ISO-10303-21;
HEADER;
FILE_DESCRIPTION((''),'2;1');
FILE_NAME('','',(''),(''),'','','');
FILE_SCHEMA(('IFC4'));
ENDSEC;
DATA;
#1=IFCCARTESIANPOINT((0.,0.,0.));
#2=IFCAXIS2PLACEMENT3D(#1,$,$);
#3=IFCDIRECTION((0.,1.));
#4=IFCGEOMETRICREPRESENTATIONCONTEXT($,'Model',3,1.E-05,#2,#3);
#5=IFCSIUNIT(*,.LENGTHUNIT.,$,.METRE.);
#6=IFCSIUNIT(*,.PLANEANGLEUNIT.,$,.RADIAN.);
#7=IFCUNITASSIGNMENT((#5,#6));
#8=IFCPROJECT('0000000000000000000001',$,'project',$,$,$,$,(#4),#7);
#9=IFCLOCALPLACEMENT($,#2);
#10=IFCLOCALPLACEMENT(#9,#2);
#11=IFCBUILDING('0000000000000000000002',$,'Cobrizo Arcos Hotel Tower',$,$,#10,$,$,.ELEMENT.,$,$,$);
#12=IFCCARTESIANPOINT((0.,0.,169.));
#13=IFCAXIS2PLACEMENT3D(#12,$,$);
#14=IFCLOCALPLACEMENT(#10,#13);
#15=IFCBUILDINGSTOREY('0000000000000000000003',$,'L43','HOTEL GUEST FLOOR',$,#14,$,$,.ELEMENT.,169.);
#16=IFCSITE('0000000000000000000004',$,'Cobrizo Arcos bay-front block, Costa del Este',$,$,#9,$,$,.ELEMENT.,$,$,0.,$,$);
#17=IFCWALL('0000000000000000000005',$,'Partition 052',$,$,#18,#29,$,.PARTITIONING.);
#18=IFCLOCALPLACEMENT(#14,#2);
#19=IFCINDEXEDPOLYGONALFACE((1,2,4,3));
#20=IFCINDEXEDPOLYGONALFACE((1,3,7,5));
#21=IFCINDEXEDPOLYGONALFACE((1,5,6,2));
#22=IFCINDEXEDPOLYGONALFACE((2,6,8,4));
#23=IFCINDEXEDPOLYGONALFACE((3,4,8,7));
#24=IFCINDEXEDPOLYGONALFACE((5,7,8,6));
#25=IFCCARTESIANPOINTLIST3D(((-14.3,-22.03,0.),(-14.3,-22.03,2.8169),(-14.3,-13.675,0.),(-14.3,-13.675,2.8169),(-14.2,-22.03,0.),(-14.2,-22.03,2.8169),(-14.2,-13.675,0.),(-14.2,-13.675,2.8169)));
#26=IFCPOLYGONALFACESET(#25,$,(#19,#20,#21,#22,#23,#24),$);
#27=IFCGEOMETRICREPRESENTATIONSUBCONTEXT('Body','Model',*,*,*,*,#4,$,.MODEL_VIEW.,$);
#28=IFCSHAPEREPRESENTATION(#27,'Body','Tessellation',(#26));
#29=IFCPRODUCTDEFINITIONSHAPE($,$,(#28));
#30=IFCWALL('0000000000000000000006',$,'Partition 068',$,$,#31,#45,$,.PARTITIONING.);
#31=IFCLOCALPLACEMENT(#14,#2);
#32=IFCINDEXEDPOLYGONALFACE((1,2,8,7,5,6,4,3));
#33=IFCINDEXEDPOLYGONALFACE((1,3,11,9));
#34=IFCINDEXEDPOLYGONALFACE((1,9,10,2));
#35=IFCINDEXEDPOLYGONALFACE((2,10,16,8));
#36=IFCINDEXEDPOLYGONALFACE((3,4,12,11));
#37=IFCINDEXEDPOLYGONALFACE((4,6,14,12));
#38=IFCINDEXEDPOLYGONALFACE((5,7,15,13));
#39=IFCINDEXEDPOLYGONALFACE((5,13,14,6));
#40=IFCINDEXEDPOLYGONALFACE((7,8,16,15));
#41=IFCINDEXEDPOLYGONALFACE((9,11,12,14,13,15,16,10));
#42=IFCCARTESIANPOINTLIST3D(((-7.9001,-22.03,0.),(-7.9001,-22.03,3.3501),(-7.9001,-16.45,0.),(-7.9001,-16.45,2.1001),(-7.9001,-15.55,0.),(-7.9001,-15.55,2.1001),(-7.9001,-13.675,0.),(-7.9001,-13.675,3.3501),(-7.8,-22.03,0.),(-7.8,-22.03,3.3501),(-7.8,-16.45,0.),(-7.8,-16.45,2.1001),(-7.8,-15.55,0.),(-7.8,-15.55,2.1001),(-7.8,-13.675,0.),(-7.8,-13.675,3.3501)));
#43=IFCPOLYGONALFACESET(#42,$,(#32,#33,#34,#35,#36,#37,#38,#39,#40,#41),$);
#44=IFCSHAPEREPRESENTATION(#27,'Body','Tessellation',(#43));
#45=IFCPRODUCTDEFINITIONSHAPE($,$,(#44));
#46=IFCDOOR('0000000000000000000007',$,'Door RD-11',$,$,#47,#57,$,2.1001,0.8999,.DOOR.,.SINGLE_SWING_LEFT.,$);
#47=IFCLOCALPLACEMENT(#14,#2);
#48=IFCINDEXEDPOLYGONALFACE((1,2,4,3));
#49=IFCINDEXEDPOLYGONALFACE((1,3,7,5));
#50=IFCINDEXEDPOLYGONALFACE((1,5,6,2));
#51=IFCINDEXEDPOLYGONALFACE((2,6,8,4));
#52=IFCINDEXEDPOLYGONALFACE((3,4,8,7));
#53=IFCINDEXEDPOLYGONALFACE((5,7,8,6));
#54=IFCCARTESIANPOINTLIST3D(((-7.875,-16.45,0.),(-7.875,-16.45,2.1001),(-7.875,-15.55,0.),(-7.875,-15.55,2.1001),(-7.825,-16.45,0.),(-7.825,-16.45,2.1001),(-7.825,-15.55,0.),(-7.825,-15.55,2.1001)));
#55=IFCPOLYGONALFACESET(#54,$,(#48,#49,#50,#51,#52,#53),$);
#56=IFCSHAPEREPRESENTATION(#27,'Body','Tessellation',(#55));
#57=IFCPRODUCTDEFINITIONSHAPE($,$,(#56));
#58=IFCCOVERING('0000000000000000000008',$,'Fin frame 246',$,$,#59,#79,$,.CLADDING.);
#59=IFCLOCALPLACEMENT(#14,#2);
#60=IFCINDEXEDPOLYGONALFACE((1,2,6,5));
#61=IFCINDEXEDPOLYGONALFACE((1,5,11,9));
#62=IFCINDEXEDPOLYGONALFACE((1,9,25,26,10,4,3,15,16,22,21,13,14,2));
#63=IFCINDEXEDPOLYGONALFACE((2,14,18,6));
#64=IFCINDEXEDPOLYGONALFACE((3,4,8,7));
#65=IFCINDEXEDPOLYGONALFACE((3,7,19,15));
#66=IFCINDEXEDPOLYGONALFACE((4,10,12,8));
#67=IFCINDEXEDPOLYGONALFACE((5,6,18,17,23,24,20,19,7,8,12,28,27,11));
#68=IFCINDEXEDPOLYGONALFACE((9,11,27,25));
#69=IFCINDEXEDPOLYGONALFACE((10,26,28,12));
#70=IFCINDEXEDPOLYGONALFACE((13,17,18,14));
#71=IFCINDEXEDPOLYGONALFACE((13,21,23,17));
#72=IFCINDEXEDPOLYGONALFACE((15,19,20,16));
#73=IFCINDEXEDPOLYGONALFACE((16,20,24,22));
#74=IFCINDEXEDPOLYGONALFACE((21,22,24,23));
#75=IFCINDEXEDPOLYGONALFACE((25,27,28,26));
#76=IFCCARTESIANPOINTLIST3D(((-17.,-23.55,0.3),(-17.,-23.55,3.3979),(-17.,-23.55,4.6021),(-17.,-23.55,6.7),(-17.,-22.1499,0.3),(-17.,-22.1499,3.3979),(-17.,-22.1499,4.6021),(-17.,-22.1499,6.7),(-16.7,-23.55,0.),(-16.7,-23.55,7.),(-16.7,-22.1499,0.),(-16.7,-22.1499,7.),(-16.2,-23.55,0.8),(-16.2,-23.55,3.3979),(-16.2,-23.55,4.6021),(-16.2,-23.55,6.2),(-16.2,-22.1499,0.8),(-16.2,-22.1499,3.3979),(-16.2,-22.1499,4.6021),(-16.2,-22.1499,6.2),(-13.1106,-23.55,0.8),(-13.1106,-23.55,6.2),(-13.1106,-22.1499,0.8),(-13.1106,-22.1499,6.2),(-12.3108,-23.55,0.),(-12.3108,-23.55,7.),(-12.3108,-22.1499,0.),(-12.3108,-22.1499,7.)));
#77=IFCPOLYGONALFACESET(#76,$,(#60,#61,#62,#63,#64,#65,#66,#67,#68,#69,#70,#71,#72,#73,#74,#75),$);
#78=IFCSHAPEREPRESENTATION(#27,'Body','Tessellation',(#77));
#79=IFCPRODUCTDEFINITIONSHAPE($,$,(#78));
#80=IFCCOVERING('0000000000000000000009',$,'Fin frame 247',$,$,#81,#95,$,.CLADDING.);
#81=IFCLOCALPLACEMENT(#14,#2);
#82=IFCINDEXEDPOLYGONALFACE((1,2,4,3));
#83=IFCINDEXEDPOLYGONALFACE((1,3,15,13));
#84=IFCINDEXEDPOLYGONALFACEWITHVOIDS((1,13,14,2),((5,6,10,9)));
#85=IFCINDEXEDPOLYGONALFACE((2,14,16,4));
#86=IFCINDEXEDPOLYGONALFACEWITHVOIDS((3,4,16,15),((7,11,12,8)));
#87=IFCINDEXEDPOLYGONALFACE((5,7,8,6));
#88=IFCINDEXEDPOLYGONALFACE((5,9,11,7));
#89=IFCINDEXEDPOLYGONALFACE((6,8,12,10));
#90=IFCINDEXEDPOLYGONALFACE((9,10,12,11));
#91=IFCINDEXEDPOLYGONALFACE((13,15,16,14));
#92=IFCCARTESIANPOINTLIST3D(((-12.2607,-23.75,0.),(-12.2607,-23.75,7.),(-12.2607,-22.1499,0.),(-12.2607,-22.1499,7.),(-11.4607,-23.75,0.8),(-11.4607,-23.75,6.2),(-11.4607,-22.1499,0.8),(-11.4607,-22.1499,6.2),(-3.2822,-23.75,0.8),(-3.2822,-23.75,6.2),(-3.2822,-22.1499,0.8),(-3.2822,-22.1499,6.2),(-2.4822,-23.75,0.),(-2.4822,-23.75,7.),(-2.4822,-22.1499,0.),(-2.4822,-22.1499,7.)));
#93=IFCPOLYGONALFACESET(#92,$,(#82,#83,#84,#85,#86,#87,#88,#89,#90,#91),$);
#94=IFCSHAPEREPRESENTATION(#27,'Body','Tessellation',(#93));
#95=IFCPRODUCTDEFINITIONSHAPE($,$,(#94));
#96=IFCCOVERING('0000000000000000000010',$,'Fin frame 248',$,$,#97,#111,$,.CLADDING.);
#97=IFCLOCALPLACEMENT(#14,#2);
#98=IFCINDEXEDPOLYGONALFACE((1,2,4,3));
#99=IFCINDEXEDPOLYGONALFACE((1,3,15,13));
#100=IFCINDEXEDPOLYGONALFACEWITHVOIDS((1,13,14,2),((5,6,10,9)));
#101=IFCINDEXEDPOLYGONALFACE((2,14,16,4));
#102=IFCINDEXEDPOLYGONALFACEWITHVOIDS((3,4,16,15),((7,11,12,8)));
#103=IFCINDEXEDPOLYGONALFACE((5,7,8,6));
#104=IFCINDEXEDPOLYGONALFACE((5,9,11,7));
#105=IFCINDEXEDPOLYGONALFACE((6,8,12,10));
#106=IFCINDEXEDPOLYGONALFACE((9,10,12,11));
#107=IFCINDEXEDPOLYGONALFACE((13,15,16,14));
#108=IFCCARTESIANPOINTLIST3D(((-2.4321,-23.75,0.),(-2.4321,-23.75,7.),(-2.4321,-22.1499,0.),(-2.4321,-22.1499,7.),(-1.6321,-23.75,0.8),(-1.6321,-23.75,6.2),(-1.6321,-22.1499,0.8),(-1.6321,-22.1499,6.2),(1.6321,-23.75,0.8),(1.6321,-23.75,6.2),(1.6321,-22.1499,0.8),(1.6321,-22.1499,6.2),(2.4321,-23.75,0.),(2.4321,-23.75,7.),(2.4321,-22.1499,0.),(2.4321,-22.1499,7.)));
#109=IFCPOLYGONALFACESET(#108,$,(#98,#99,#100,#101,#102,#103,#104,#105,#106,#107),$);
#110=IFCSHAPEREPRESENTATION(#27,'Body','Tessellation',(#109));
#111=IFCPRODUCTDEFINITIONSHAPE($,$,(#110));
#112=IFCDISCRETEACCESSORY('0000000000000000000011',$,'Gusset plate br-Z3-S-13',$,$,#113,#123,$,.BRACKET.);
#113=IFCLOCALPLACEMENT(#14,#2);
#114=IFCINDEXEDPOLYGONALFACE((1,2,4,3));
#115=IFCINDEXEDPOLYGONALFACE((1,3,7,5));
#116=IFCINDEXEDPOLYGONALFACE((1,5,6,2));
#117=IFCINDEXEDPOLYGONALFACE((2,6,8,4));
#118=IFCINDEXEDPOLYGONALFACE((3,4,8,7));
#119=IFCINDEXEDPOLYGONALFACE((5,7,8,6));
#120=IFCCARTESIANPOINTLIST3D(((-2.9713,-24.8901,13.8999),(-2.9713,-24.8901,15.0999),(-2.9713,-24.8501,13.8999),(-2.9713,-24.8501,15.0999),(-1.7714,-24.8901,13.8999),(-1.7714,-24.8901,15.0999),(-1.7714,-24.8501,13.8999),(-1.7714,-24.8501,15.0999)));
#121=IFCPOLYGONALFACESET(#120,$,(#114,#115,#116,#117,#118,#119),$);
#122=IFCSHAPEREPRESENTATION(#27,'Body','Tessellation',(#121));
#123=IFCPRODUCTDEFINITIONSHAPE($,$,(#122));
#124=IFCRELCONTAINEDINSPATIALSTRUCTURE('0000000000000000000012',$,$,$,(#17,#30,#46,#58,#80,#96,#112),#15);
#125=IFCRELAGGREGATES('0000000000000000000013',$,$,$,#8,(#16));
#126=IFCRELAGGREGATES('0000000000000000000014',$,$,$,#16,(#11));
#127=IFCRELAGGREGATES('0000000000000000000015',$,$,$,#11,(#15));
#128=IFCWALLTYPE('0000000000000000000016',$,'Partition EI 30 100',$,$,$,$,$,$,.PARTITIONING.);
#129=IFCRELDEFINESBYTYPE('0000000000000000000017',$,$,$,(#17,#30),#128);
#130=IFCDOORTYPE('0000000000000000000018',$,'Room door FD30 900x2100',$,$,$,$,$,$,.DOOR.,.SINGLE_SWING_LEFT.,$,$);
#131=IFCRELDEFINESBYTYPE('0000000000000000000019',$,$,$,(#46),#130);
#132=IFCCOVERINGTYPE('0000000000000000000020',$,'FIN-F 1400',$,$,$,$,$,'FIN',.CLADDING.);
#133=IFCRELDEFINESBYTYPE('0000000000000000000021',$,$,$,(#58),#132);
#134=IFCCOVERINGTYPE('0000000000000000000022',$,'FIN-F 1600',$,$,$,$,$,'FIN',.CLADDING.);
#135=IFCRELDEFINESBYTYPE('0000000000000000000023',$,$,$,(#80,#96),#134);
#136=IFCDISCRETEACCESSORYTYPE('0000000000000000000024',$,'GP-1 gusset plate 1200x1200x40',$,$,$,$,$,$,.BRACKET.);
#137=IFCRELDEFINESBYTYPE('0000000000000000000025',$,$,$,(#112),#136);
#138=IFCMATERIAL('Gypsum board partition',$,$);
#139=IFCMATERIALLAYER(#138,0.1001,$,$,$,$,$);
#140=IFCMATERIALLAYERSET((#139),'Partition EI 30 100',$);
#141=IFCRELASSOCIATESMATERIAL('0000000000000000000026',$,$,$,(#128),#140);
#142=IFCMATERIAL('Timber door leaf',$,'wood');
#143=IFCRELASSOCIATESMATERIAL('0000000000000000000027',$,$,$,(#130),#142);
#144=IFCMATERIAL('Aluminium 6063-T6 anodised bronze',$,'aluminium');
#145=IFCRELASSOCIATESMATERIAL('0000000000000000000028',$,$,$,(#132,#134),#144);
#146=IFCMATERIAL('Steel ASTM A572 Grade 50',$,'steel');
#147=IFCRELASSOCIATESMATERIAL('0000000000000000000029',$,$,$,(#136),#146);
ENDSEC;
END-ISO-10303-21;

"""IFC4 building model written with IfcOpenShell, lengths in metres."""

from ifc_helpers import new_model, si_unit, direction, frame, frame_2d, origin, origin_2d, place, context, subcontext, project, spatial, polyline, rectangle, outline, extrude, material, layer, layer_set, type_object, element, fill, save


model = new_model("IFC4")

# Units and contexts
model_context = context("Model", 3, precision=1e-05, world=origin(), true_north=direction((0.0, 1.0)))
body_context = subcontext(model_context, "Body", "Model", "MODEL_VIEW")
ifc_project = project(units=[si_unit("LENGTHUNIT", "METRE"), si_unit("PLANEANGLEUNIT", "RADIAN")], contexts=[model_context])

# Site, building, storey
site_placement = place(None, origin())
site = spatial("IfcSite", under=ifc_project, at=site_placement, Name="Cobrizo Arcos bay-front block, Costa del Este", CompositionType="ELEMENT", RefElevation=0.0)
building_placement = place(site_placement, origin())
building = spatial("IfcBuilding", under=site, at=building_placement, Name="Cobrizo Arcos Hotel Tower", CompositionType="ELEMENT")
storey_placement = place(building_placement, frame((0.0, 0.0, 169.0)))
storey = spatial("IfcBuildingStorey", under=building, at=storey_placement, Name="L43", Description="HOTEL GUEST FLOOR", CompositionType="ELEMENT", Elevation=169.0)

# Shared definitions
ifc_material_1 = material(Name="Steel ASTM A572 Grade 50", Category="steel")

# Shared definitions
ifc_material_2 = material(Name="Aluminium 6063-T6 anodised bronze", Category="aluminium")

# Wall
ifc_material_3 = material(Name="Gypsum board partition")
ifc_layer_1 = layer(ifc_material_3, 0.1001)
ifc_layer_set_1 = layer_set([ifc_layer_1], Name="Partition EI 30 100")
wall_type = type_object("IfcWallType", Name="Partition EI 30 100", PredefinedType="PARTITIONING", material=ifc_layer_set_1)
wall_1_placement = place(storey_placement, frame((-14.25, -22.03, 0.0), z_axis=(0.0, 0.0, 1.0), x_axis=(0.0, 1.0, 0.0)))
element("IfcWall", 1, at=wall_1_placement, inside=storey, type_object=wall_type, Name="Partition 052", PredefinedType="PARTITIONING", context=body_context, shape_type="SweptSolid", body=[
    extrude(rectangle(XDim=8.355, YDim=0.1001, at=frame_2d((4.1775, 0.0))), origin(), (0.0, 0.0, 1.0), 2.8169),
])

# Wall, opening, door
wall_2_placement = place(storey_placement, frame((-7.8501, -22.03, 0.0), z_axis=(0.0, 0.0, 1.0), x_axis=(0.0, 1.0, 0.0)))
wall_2 = element("IfcWall", 2, at=wall_2_placement, inside=storey, type_object=wall_type, Name="Partition 068", PredefinedType="PARTITIONING", context=body_context, shape_type="SweptSolid", body=[
    extrude(rectangle(XDim=8.355, YDim=0.1001, at=frame_2d((4.1775, 0.0))), origin(), (0.0, 0.0, 1.0), 3.3501),
])
opening_placement = place(wall_2_placement, frame((5.5801, 0.0, 0.0)))
opening = element("IfcOpeningElement", 3, at=opening_placement, cuts=wall_2, PredefinedType="OPENING", context=body_context, shape_type="SweptSolid", body=[
    extrude(rectangle(XDim=0.8999, YDim=2.1001, at=frame_2d((0.45, 1.05))), frame((0.0, 0.062, 0.0), z_axis=(0.0, -1.0, 0.0), x_axis=(1.0, 0.0, 0.0)), (0.0, 0.0, 1.0), 0.124),
])
ifc_material_4 = material(Name="Timber door leaf", Category="wood")
door_type = type_object("IfcDoorType", Name="Room door FD30 900x2100", OperationType="SINGLE_SWING_LEFT", PredefinedType="DOOR", material=ifc_material_4)
door_placement = place(opening_placement, origin())
door = element("IfcDoor", 4, at=door_placement, inside=storey, type_object=door_type, Name="Door RD-11", OperationType="SINGLE_SWING_LEFT", OverallHeight=2.1001, OverallWidth=0.8999, PredefinedType="DOOR", context=body_context, shape_type="SweptSolid", body=[
    extrude(rectangle(XDim=0.8999, YDim=2.1001, at=frame_2d((0.45, 1.05))), frame((0.0, 0.0249, 0.0), z_axis=(0.0, -1.0, 0.0), x_axis=(1.0, 0.0, 0.0)), (0.0, 0.0, 1.0), 0.05),
])
fill(opening, door)

# Coverings
covering_type_1 = type_object("IfcCoveringType", Name="FIN-F 1400", ElementType="FIN", PredefinedType="CLADDING", material=ifc_material_2)
covering_1_placement = place(storey_placement, frame((-17.0, -22.1499, 0.0), z_axis=(0.0, -1.0, 0.0), x_axis=(1.0, 0.0, 0.0)))
element("IfcCovering", 5, at=covering_1_placement, inside=storey, type_object=covering_type_1, Name="Fin frame 246", PredefinedType="CLADDING", context=body_context, shape_type="SweptSolid", body=[
    extrude(outline(polyline([(0.0, 6.7), (0.0, 4.6021), (0.8, 4.6021), (0.8, 6.2), (3.8894, 6.2), (3.8894, 0.8), (0.8, 0.8), (0.8, 3.3979), (0.0, 3.3979), (0.0, 0.3), (0.3, 0.0), (4.6892, 0.0), (4.6892, 7.0), (0.3, 7.0), (0.0, 6.7)])), origin(), (0.0, 0.0, 1.0), 1.4001),
])
covering_type_2 = type_object("IfcCoveringType", Name="FIN-F 1600", ElementType="FIN", PredefinedType="CLADDING", material=ifc_material_2)
covering_2_placement = place(storey_placement, frame((-12.2607, -22.1499, 0.0), z_axis=(0.0, -1.0, 0.0), x_axis=(1.0, 0.0, 0.0)))
element("IfcCovering", 6, at=covering_2_placement, inside=storey, type_object=covering_type_2, Name="Fin frame 247", PredefinedType="CLADDING", context=body_context, shape_type="SweptSolid", body=[
    extrude(outline(polyline([(0.0, 7.0), (0.0, 0.0), (9.7786, 0.0), (9.7786, 7.0), (0.0, 7.0)]), holes=[polyline([(8.9785, 0.8), (0.8, 0.8), (0.8, 6.2), (8.9785, 6.2), (8.9785, 0.8)])]), origin(), (0.0, 0.0, 1.0), 1.6001),
])
covering_3_placement = place(storey_placement, frame((-2.4321, -22.1499, 0.0), z_axis=(0.0, -1.0, 0.0), x_axis=(1.0, 0.0, 0.0)))
element("IfcCovering", 7, at=covering_3_placement, inside=storey, type_object=covering_type_2, Name="Fin frame 248", PredefinedType="CLADDING", context=body_context, shape_type="SweptSolid", body=[
    extrude(outline(polyline([(0.0, 7.0), (0.0, 0.0), (4.8643, 0.0), (4.8643, 7.0), (0.0, 7.0)]), holes=[polyline([(4.0642, 0.8), (0.8, 0.8), (0.8, 6.2), (4.0642, 6.2), (4.0642, 0.8)])]), origin(), (0.0, 0.0, 1.0), 1.6001),
])

# Discrete accessory
discrete_accessory_type = type_object("IfcDiscreteAccessoryType", Name="GP-1 gusset plate 1200x1200x40", PredefinedType="BRACKET", material=ifc_material_1)
discrete_accessory_placement = place(storey_placement, frame((-2.3713, -24.8701, 13.8999), z_axis=(0.0, 0.0, 1.0), x_axis=(1.0, 0.0, 0.0)))
element("IfcDiscreteAccessory", 8, at=discrete_accessory_placement, inside=storey, type_object=discrete_accessory_type, Name="Gusset plate br-Z3-S-13", PredefinedType="BRACKET", context=body_context, shape_type="SweptSolid", body=[
    extrude(rectangle(XDim=1.2, YDim=0.04, at=origin_2d()), origin(), (0.0, 0.0, 1.0), 1.2),
])

save(model, "model.ifc")
